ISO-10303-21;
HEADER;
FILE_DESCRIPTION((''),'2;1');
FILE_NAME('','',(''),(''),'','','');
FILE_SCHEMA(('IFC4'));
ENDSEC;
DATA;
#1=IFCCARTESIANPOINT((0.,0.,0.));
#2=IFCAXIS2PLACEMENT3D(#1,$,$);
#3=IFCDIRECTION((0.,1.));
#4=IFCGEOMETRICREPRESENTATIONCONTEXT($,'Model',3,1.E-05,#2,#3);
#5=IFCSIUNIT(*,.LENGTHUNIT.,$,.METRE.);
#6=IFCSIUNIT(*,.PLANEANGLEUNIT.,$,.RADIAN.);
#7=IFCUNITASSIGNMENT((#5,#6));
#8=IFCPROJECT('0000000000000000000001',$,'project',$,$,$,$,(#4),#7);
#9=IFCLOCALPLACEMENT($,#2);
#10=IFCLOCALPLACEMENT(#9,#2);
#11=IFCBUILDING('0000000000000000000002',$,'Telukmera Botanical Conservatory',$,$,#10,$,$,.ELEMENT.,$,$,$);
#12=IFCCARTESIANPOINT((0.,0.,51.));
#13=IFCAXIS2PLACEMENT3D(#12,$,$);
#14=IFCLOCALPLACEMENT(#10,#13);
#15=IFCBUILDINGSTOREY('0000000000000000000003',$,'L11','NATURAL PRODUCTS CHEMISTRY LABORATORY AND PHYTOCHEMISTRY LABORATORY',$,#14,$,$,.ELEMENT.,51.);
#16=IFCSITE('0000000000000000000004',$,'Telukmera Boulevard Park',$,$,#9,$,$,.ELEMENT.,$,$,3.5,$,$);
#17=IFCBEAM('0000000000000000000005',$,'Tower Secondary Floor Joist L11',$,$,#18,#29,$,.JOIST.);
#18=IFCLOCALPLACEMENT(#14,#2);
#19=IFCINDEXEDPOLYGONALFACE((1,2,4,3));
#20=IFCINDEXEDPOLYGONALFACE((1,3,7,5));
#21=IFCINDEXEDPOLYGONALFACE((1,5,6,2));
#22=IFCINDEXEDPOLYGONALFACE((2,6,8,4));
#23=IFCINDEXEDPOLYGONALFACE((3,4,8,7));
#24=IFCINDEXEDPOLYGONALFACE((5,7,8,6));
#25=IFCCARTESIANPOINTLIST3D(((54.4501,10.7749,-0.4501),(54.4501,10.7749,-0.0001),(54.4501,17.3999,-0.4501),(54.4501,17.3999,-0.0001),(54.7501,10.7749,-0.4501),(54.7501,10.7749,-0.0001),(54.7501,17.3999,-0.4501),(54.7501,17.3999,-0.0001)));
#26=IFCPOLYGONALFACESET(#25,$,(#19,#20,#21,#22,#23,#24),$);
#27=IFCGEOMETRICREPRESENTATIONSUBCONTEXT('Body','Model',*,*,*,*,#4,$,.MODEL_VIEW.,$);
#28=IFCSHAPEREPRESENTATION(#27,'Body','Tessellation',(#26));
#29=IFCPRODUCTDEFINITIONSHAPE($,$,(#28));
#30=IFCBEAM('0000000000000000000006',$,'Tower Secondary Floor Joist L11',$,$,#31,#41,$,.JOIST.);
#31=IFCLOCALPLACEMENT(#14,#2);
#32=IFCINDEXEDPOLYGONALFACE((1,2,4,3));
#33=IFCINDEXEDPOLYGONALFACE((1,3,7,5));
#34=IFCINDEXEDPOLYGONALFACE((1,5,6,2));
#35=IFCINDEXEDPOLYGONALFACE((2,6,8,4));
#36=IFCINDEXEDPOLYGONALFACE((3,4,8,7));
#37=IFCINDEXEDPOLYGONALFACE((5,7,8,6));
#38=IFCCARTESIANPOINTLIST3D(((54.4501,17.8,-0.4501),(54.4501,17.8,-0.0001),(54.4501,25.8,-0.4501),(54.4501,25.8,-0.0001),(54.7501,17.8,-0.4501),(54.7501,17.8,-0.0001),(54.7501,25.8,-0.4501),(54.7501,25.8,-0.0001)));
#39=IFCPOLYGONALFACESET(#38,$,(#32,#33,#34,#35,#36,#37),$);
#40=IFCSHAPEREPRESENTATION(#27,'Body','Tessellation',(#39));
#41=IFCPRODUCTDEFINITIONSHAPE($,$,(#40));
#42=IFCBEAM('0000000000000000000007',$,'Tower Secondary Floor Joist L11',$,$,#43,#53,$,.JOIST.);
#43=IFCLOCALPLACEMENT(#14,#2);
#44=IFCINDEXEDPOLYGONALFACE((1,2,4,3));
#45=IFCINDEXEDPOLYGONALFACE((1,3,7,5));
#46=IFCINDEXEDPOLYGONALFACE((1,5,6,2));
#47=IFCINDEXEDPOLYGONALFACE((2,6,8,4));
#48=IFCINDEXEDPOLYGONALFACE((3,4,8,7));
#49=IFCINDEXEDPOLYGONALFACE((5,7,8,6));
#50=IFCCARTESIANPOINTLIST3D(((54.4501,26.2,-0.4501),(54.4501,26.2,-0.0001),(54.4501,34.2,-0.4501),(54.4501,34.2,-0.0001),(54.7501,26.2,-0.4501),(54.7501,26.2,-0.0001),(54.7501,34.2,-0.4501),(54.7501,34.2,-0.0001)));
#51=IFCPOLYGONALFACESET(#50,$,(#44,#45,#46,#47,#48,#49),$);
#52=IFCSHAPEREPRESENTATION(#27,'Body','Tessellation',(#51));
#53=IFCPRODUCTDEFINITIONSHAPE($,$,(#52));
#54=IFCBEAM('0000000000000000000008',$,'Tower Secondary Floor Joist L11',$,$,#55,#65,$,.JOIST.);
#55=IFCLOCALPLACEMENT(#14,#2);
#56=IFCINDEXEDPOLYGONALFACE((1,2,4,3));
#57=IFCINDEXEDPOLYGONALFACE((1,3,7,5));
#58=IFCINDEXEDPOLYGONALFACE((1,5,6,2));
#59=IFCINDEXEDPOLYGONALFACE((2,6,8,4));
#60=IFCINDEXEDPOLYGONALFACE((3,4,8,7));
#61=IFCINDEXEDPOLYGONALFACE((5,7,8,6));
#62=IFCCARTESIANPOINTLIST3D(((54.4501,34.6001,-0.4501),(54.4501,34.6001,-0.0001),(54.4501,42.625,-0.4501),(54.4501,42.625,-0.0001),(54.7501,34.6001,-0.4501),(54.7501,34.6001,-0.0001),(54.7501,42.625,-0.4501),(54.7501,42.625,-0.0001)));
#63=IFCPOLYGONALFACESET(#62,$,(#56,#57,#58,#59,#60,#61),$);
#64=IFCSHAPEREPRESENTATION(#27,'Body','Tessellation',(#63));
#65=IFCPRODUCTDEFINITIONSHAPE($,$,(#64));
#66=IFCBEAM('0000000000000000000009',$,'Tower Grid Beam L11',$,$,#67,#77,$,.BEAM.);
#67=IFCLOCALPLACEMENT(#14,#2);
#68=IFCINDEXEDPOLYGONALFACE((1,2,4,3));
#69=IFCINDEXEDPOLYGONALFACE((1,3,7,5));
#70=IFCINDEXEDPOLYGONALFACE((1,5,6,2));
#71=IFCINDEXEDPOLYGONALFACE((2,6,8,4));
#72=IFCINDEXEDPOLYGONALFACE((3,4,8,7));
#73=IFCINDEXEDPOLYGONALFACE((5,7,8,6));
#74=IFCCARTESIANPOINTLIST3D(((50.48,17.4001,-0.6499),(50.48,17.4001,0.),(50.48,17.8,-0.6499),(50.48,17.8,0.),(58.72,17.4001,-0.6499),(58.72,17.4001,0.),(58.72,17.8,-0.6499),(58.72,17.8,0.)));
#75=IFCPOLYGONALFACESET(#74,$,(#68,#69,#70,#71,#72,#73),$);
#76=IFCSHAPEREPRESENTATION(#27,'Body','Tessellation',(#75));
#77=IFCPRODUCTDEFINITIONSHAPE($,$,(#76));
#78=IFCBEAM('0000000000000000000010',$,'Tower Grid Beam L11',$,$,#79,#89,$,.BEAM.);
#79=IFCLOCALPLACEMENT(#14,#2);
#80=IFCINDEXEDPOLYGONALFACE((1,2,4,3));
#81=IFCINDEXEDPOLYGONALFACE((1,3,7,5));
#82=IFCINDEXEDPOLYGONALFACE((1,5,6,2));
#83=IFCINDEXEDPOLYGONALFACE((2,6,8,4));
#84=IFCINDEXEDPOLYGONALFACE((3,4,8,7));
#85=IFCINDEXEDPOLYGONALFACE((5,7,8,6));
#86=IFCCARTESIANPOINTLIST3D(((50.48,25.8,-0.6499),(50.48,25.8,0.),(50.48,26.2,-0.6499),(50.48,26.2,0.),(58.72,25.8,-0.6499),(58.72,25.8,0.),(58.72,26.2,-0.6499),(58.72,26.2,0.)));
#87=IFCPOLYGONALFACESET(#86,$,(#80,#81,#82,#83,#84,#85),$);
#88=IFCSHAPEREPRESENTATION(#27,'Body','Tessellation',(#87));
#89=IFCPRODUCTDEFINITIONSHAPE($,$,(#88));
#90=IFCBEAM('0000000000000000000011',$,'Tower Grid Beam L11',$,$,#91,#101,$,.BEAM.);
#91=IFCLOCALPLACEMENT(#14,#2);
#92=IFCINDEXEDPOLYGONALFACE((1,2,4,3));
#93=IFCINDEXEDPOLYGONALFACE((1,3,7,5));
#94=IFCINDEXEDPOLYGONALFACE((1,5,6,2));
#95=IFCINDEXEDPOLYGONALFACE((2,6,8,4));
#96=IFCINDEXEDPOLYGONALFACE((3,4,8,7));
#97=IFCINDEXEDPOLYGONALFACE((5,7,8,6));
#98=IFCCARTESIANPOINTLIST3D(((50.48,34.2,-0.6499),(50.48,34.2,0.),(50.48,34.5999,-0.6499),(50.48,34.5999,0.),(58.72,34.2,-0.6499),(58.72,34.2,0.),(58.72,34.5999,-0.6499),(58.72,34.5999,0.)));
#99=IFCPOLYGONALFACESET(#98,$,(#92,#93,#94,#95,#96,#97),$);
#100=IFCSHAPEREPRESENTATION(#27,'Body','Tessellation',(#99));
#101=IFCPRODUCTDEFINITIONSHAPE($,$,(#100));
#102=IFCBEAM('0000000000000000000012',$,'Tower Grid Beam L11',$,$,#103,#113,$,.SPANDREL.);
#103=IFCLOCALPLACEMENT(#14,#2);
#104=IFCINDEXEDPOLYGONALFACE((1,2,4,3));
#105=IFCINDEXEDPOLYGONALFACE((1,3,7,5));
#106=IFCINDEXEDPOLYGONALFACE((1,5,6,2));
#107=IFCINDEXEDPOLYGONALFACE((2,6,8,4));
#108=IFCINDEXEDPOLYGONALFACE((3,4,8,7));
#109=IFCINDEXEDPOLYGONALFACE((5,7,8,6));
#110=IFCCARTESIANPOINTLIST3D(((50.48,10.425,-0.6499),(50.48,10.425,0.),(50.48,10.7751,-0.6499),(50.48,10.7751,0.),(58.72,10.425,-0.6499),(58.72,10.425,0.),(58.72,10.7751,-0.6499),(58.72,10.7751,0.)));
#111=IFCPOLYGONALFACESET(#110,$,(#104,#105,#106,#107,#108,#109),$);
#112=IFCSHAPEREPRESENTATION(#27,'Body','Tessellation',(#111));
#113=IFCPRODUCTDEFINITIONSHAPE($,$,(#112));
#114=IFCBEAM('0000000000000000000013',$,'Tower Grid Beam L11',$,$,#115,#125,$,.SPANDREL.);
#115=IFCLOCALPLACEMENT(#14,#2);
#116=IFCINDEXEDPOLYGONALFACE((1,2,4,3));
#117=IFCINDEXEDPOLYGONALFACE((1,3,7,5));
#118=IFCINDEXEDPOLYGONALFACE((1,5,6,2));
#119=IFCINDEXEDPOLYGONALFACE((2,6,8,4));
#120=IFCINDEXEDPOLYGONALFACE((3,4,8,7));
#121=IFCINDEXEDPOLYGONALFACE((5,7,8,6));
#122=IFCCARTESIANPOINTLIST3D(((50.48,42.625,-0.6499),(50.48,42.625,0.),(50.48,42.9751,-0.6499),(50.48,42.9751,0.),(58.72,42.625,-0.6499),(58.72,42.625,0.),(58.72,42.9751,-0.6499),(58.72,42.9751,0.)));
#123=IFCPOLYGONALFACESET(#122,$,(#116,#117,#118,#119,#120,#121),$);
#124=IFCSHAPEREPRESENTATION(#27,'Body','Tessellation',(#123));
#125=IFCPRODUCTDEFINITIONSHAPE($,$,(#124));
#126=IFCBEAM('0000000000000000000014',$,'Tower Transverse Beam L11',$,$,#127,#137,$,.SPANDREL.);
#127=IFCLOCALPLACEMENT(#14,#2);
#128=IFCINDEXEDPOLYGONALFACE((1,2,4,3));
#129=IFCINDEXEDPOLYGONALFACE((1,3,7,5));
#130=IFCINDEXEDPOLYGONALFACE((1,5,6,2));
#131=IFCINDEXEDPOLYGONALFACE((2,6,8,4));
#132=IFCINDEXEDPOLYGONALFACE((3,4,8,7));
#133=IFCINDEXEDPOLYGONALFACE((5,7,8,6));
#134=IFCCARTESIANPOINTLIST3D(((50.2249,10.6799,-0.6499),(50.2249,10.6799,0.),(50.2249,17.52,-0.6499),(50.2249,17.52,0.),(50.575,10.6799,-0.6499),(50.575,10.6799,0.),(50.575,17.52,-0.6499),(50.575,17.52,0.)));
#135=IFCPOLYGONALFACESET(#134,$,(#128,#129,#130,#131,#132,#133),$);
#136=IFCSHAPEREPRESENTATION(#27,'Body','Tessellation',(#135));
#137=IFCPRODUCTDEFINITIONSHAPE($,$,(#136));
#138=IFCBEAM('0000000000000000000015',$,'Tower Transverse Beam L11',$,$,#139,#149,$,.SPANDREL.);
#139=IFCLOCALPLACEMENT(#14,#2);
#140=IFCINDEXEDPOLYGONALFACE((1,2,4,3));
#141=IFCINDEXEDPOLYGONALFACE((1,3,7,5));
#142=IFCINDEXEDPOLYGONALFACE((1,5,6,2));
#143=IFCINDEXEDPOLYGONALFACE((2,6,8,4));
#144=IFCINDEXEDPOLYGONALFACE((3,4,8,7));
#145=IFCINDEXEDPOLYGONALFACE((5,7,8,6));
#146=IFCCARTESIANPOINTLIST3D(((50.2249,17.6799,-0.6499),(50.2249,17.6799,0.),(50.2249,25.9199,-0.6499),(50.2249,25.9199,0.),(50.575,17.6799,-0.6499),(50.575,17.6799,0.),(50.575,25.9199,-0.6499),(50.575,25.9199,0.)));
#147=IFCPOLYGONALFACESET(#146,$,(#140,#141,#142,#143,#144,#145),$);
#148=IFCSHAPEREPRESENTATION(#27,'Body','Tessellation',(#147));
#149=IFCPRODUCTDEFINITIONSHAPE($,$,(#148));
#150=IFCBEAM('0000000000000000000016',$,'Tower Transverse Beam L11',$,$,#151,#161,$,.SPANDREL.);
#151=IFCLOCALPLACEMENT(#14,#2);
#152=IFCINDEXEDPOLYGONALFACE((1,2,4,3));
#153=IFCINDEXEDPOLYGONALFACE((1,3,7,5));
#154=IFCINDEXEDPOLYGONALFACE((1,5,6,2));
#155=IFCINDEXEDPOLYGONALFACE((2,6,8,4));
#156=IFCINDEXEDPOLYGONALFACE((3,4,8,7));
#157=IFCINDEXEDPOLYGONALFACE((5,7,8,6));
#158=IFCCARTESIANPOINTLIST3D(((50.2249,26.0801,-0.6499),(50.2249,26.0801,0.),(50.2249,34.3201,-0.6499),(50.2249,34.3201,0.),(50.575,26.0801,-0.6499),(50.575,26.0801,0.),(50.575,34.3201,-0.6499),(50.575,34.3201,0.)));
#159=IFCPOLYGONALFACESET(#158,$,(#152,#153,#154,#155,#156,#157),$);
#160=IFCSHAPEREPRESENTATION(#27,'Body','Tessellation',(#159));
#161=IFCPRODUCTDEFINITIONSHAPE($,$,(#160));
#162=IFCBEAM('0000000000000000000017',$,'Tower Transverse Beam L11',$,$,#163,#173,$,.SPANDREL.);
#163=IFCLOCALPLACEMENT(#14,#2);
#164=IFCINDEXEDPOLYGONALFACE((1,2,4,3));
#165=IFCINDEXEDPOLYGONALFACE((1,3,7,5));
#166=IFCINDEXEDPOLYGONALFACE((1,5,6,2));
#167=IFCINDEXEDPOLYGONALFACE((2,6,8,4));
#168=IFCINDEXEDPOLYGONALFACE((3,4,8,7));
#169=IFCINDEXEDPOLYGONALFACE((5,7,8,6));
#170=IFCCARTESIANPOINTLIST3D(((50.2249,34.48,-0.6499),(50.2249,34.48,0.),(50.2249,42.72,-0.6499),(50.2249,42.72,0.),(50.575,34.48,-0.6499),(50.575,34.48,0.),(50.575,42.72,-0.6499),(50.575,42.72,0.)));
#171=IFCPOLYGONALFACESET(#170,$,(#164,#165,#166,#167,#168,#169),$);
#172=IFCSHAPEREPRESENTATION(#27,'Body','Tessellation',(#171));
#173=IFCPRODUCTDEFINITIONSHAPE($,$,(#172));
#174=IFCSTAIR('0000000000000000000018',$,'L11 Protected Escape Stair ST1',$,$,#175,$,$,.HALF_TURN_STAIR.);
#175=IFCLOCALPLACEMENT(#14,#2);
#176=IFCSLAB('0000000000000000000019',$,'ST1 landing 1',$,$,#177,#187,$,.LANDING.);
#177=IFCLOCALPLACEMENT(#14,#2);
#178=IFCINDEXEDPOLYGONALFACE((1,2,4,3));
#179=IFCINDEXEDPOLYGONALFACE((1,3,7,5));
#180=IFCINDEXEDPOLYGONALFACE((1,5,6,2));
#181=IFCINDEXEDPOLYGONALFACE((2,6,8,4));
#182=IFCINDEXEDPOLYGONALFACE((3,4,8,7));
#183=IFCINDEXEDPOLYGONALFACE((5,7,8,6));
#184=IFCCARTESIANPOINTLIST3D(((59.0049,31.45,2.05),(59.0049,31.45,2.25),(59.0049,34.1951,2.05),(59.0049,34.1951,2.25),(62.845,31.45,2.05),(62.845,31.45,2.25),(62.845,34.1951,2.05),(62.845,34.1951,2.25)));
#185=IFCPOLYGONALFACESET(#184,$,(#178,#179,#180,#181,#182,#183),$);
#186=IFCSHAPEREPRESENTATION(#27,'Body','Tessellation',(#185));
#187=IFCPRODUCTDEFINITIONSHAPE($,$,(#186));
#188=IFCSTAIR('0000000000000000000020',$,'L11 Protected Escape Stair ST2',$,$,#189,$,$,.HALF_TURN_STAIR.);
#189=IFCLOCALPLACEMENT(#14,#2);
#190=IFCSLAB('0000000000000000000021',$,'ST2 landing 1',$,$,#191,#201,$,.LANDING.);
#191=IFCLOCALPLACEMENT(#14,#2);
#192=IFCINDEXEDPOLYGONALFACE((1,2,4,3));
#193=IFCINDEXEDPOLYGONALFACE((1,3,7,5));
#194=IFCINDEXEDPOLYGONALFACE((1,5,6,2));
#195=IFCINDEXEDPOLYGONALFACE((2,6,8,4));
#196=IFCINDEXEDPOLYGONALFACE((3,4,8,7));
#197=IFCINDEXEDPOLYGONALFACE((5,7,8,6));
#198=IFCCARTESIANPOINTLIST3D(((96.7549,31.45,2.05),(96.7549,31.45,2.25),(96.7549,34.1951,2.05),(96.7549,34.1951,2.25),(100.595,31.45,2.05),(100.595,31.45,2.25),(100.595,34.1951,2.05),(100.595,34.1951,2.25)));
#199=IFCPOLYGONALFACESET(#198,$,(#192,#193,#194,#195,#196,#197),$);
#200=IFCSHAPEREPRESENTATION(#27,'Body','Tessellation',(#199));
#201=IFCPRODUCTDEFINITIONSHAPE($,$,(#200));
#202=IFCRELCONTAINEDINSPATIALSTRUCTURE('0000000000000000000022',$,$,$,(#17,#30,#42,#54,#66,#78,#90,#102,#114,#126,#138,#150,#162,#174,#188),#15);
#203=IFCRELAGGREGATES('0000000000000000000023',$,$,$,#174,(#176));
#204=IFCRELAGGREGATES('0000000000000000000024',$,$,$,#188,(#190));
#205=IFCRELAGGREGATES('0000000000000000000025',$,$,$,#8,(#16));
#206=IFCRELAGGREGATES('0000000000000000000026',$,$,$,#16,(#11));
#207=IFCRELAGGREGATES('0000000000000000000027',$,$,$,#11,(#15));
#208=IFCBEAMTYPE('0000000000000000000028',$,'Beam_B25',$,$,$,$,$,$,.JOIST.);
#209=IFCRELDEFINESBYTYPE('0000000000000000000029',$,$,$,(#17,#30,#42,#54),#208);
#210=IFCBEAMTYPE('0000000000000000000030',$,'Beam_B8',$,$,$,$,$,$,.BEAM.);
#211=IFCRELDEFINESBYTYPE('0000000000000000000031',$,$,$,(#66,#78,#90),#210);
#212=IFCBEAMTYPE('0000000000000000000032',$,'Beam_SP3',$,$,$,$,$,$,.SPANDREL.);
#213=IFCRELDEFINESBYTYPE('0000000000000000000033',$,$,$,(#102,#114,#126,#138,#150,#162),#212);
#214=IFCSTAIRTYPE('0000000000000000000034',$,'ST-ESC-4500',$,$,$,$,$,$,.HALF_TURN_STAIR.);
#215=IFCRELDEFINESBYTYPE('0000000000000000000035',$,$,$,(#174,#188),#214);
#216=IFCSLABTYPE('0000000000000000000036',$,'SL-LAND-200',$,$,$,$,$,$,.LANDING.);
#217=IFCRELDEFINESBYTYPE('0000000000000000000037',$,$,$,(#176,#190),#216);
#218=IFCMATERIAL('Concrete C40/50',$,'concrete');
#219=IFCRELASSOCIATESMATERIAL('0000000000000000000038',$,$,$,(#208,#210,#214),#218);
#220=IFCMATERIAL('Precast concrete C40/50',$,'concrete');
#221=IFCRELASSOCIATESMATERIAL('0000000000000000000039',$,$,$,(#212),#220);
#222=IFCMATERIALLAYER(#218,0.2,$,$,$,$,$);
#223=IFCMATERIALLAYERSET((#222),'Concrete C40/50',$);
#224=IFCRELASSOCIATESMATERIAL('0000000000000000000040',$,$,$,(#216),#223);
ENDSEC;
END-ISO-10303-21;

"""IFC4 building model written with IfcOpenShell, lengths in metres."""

from ifc_helpers import new_model, si_unit, direction, frame, origin, origin_2d, place, context, subcontext, project, spatial, polyline, rectangle, outline, extrude, material, layer, layer_set, material_profile, profile_set, type_object, element, aggregate, save


model = new_model("IFC4")

# Units and contexts
model_context = context("Model", 3, precision=1e-05, world=origin(), true_north=direction((0.0, 1.0)))
body_context = subcontext(model_context, "Body", "Model", "MODEL_VIEW")
ifc_project = project(units=[si_unit("LENGTHUNIT", "METRE"), si_unit("PLANEANGLEUNIT", "RADIAN")], contexts=[model_context])

# Site, building, storey
site_placement = place(None, origin())
site = spatial("IfcSite", under=ifc_project, at=site_placement, Name="Telukmera Boulevard Park", CompositionType="ELEMENT", RefElevation=3.5)
building_placement = place(site_placement, origin())
building = spatial("IfcBuilding", under=site, at=building_placement, Name="Telukmera Botanical Conservatory", CompositionType="ELEMENT")
storey_placement = place(building_placement, frame((0.0, 0.0, 51.0)))
storey = spatial("IfcBuildingStorey", under=building, at=storey_placement, Name="L11", Description="NATURAL PRODUCTS CHEMISTRY LABORATORY AND PHYTOCHEMISTRY LABORATORY", CompositionType="ELEMENT", Elevation=51.0)

# Beams
ifc_material_1 = material(Name="Concrete C40/50", Category="concrete")
ifc_material_profile_1 = material_profile(ifc_material_1, rectangle(XDim=0.3, YDim=0.45, at=origin_2d()), Name="RC 300x450")
ifc_profile_set_1 = profile_set([ifc_material_profile_1], Name="Concrete C40/50")
beam_type_1 = type_object("IfcBeamType", Name="Beam_B25", PredefinedType="JOIST", material=ifc_profile_set_1)
beam_1_placement = place(storey_placement, frame((54.6001, 10.7749, -0.2251), z_axis=(0.0, 1.0, 0.0), x_axis=(-1.0, 0.0, 0.0)))
element("IfcBeam", 1, at=beam_1_placement, inside=storey, type_object=beam_type_1, Name="Tower Secondary Floor Joist L11", PredefinedType="JOIST", context=body_context, shape_type="SweptSolid", body=[
    extrude(rectangle(XDim=0.3, YDim=0.45, at=origin_2d()), origin(), (0.0, 0.0, 1.0), 6.625),
])
for number, where, z_axis, x_axis, name in (
    (2, (54.6001, 17.8, -0.2251), (0.0, 1.0, 0.0), (-1.0, 0.0, 0.0), "Tower Secondary Floor Joist L11"),
    (3, (54.6001, 26.2, -0.2251), (0.0, 1.0, 0.0), (-1.0, 0.0, 0.0), "Tower Secondary Floor Joist L11"),
):
    element("IfcBeam", number, at=place(storey_placement, frame(where, z_axis=z_axis, x_axis=x_axis)), inside=storey, type_object=beam_type_1, Name=name, PredefinedType="JOIST", context=body_context, shape_type="SweptSolid", body=[
        extrude(rectangle(XDim=0.3, YDim=0.45, at=origin_2d()), origin(), (0.0, 0.0, 1.0), 8.0),
    ])
beam_2_placement = place(storey_placement, frame((54.6001, 34.6001, -0.2251), z_axis=(0.0, 1.0, 0.0), x_axis=(-1.0, 0.0, 0.0)))
element("IfcBeam", 4, at=beam_2_placement, inside=storey, type_object=beam_type_1, Name="Tower Secondary Floor Joist L11", PredefinedType="JOIST", context=body_context, shape_type="SweptSolid", body=[
    extrude(rectangle(XDim=0.3, YDim=0.45, at=origin_2d()), origin(), (0.0, 0.0, 1.0), 8.0249),
])
ifc_material_profile_2 = material_profile(ifc_material_1, rectangle(XDim=0.3999, YDim=0.6499, at=origin_2d()), Name="RC 400x650")
ifc_profile_set_2 = profile_set([ifc_material_profile_2], Name="Concrete C40/50")
beam_type_2 = type_object("IfcBeamType", Name="Beam_B8", PredefinedType="BEAM", material=ifc_profile_set_2)
for number, where, z_axis, x_axis, name in (
    (5, (50.48, 17.6001, -0.325), (1.0, 0.0, 0.0), (0.0, 1.0, 0.0), "Tower Grid Beam L11"),
    (6, (50.48, 26.0, -0.325), (1.0, 0.0, 0.0), (0.0, 1.0, 0.0), "Tower Grid Beam L11"),
    (7, (50.48, 34.3999, -0.325), (1.0, 0.0, 0.0), (0.0, 1.0, 0.0), "Tower Grid Beam L11"),
):
    element("IfcBeam", number, at=place(storey_placement, frame(where, z_axis=z_axis, x_axis=x_axis)), inside=storey, type_object=beam_type_2, Name=name, PredefinedType="BEAM", context=body_context, shape_type="SweptSolid", body=[
        extrude(rectangle(XDim=0.3999, YDim=0.6499, at=origin_2d()), origin(), (0.0, 0.0, 1.0), 8.24),
    ])
ifc_material_2 = material(Name="Precast concrete C40/50", Category="concrete")
ifc_material_profile_3 = material_profile(ifc_material_2, rectangle(XDim=0.3501, YDim=0.6499, at=origin_2d()), Name="PC 350x650")
ifc_profile_set_3 = profile_set([ifc_material_profile_3], Name="Precast concrete C40/50")
beam_type_3 = type_object("IfcBeamType", Name="Beam_SP3", PredefinedType="SPANDREL", material=ifc_profile_set_3)
for number, where, z_axis, x_axis, name in (
    (8, (50.48, 10.6001, -0.325), (1.0, 0.0, 0.0), (0.0, 1.0, 0.0), "Tower Grid Beam L11"),
    (9, (50.48, 42.8, -0.325), (1.0, 0.0, 0.0), (0.0, 1.0, 0.0), "Tower Grid Beam L11"),
):
    element("IfcBeam", number, at=place(storey_placement, frame(where, z_axis=z_axis, x_axis=x_axis)), inside=storey, type_object=beam_type_3, Name=name, PredefinedType="SPANDREL", context=body_context, shape_type="SweptSolid", body=[
        extrude(rectangle(XDim=0.3501, YDim=0.6499, at=origin_2d()), origin(), (0.0, 0.0, 1.0), 8.24),
    ])
beam_3_placement = place(storey_placement, frame((50.3999, 10.6799, -0.325), z_axis=(0.0, 1.0, 0.0), x_axis=(-1.0, 0.0, 0.0)))
element("IfcBeam", 10, at=beam_3_placement, inside=storey, type_object=beam_type_3, Name="Tower Transverse Beam L11", PredefinedType="SPANDREL", context=body_context, shape_type="SweptSolid", body=[
    extrude(rectangle(XDim=0.3501, YDim=0.6499, at=origin_2d()), origin(), (0.0, 0.0, 1.0), 6.8401),
])
for number, where, z_axis, x_axis, name in (
    (11, (50.3999, 17.6799, -0.325), (0.0, 1.0, 0.0), (-1.0, 0.0, 0.0), "Tower Transverse Beam L11"),
    (12, (50.3999, 26.0801, -0.325), (0.0, 1.0, 0.0), (-1.0, 0.0, 0.0), "Tower Transverse Beam L11"),
    (13, (50.3999, 34.48, -0.325), (0.0, 1.0, 0.0), (-1.0, 0.0, 0.0), "Tower Transverse Beam L11"),
):
    element("IfcBeam", number, at=place(storey_placement, frame(where, z_axis=z_axis, x_axis=x_axis)), inside=storey, type_object=beam_type_3, Name=name, PredefinedType="SPANDREL", context=body_context, shape_type="SweptSolid", body=[
        extrude(rectangle(XDim=0.3501, YDim=0.6499, at=origin_2d()), origin(), (0.0, 0.0, 1.0), 8.24),
    ])

# Stairs, slabs
stair_type = type_object("IfcStairType", Name="ST-ESC-4500", PredefinedType="HALF_TURN_STAIR", material=ifc_material_1)
stair_1_placement = place(storey_placement, origin())
stair_1 = element("IfcStair", 14, at=stair_1_placement, inside=storey, type_object=stair_type, Name="L11 Protected Escape Stair ST1", PredefinedType="HALF_TURN_STAIR")
ifc_layer_1 = layer(ifc_material_1, 0.2)
ifc_layer_set_1 = layer_set([ifc_layer_1], Name="Concrete C40/50")
slab_type_1 = type_object("IfcSlabType", Name="SL-LAND-200", PredefinedType="LANDING", material=ifc_layer_set_1)
slab_1_placement = place(storey_placement, frame((0.0, 0.0, 2.05)))
slab_1 = element("IfcSlab", 15, at=slab_1_placement, type_object=slab_type_1, Name="ST1 landing 1", PredefinedType="LANDING", context=body_context, shape_type="SweptSolid", body=[
    extrude(outline(polyline([(59.0049, 31.45), (62.845, 31.45), (62.845, 34.1951), (59.0049, 34.1951), (59.0049, 31.45)])), origin(), (0.0, 0.0, 1.0), 0.2),
])
aggregate(stair_1, [slab_1])
stair_2_placement = place(storey_placement, origin())
stair_2 = element("IfcStair", 16, at=stair_2_placement, inside=storey, type_object=stair_type, Name="L11 Protected Escape Stair ST2", PredefinedType="HALF_TURN_STAIR")
slab_2_placement = place(storey_placement, frame((0.0, 0.0, 2.05)))
slab_2 = element("IfcSlab", 17, at=slab_2_placement, type_object=slab_type_1, Name="ST2 landing 1", PredefinedType="LANDING", context=body_context, shape_type="SweptSolid", body=[
    extrude(outline(polyline([(96.7549, 31.45), (100.595, 31.45), (100.595, 34.1951), (96.7549, 34.1951), (96.7549, 31.45)])), origin(), (0.0, 0.0, 1.0), 0.2),
])
aggregate(stair_2, [slab_2])

save(model, "model.ifc")
